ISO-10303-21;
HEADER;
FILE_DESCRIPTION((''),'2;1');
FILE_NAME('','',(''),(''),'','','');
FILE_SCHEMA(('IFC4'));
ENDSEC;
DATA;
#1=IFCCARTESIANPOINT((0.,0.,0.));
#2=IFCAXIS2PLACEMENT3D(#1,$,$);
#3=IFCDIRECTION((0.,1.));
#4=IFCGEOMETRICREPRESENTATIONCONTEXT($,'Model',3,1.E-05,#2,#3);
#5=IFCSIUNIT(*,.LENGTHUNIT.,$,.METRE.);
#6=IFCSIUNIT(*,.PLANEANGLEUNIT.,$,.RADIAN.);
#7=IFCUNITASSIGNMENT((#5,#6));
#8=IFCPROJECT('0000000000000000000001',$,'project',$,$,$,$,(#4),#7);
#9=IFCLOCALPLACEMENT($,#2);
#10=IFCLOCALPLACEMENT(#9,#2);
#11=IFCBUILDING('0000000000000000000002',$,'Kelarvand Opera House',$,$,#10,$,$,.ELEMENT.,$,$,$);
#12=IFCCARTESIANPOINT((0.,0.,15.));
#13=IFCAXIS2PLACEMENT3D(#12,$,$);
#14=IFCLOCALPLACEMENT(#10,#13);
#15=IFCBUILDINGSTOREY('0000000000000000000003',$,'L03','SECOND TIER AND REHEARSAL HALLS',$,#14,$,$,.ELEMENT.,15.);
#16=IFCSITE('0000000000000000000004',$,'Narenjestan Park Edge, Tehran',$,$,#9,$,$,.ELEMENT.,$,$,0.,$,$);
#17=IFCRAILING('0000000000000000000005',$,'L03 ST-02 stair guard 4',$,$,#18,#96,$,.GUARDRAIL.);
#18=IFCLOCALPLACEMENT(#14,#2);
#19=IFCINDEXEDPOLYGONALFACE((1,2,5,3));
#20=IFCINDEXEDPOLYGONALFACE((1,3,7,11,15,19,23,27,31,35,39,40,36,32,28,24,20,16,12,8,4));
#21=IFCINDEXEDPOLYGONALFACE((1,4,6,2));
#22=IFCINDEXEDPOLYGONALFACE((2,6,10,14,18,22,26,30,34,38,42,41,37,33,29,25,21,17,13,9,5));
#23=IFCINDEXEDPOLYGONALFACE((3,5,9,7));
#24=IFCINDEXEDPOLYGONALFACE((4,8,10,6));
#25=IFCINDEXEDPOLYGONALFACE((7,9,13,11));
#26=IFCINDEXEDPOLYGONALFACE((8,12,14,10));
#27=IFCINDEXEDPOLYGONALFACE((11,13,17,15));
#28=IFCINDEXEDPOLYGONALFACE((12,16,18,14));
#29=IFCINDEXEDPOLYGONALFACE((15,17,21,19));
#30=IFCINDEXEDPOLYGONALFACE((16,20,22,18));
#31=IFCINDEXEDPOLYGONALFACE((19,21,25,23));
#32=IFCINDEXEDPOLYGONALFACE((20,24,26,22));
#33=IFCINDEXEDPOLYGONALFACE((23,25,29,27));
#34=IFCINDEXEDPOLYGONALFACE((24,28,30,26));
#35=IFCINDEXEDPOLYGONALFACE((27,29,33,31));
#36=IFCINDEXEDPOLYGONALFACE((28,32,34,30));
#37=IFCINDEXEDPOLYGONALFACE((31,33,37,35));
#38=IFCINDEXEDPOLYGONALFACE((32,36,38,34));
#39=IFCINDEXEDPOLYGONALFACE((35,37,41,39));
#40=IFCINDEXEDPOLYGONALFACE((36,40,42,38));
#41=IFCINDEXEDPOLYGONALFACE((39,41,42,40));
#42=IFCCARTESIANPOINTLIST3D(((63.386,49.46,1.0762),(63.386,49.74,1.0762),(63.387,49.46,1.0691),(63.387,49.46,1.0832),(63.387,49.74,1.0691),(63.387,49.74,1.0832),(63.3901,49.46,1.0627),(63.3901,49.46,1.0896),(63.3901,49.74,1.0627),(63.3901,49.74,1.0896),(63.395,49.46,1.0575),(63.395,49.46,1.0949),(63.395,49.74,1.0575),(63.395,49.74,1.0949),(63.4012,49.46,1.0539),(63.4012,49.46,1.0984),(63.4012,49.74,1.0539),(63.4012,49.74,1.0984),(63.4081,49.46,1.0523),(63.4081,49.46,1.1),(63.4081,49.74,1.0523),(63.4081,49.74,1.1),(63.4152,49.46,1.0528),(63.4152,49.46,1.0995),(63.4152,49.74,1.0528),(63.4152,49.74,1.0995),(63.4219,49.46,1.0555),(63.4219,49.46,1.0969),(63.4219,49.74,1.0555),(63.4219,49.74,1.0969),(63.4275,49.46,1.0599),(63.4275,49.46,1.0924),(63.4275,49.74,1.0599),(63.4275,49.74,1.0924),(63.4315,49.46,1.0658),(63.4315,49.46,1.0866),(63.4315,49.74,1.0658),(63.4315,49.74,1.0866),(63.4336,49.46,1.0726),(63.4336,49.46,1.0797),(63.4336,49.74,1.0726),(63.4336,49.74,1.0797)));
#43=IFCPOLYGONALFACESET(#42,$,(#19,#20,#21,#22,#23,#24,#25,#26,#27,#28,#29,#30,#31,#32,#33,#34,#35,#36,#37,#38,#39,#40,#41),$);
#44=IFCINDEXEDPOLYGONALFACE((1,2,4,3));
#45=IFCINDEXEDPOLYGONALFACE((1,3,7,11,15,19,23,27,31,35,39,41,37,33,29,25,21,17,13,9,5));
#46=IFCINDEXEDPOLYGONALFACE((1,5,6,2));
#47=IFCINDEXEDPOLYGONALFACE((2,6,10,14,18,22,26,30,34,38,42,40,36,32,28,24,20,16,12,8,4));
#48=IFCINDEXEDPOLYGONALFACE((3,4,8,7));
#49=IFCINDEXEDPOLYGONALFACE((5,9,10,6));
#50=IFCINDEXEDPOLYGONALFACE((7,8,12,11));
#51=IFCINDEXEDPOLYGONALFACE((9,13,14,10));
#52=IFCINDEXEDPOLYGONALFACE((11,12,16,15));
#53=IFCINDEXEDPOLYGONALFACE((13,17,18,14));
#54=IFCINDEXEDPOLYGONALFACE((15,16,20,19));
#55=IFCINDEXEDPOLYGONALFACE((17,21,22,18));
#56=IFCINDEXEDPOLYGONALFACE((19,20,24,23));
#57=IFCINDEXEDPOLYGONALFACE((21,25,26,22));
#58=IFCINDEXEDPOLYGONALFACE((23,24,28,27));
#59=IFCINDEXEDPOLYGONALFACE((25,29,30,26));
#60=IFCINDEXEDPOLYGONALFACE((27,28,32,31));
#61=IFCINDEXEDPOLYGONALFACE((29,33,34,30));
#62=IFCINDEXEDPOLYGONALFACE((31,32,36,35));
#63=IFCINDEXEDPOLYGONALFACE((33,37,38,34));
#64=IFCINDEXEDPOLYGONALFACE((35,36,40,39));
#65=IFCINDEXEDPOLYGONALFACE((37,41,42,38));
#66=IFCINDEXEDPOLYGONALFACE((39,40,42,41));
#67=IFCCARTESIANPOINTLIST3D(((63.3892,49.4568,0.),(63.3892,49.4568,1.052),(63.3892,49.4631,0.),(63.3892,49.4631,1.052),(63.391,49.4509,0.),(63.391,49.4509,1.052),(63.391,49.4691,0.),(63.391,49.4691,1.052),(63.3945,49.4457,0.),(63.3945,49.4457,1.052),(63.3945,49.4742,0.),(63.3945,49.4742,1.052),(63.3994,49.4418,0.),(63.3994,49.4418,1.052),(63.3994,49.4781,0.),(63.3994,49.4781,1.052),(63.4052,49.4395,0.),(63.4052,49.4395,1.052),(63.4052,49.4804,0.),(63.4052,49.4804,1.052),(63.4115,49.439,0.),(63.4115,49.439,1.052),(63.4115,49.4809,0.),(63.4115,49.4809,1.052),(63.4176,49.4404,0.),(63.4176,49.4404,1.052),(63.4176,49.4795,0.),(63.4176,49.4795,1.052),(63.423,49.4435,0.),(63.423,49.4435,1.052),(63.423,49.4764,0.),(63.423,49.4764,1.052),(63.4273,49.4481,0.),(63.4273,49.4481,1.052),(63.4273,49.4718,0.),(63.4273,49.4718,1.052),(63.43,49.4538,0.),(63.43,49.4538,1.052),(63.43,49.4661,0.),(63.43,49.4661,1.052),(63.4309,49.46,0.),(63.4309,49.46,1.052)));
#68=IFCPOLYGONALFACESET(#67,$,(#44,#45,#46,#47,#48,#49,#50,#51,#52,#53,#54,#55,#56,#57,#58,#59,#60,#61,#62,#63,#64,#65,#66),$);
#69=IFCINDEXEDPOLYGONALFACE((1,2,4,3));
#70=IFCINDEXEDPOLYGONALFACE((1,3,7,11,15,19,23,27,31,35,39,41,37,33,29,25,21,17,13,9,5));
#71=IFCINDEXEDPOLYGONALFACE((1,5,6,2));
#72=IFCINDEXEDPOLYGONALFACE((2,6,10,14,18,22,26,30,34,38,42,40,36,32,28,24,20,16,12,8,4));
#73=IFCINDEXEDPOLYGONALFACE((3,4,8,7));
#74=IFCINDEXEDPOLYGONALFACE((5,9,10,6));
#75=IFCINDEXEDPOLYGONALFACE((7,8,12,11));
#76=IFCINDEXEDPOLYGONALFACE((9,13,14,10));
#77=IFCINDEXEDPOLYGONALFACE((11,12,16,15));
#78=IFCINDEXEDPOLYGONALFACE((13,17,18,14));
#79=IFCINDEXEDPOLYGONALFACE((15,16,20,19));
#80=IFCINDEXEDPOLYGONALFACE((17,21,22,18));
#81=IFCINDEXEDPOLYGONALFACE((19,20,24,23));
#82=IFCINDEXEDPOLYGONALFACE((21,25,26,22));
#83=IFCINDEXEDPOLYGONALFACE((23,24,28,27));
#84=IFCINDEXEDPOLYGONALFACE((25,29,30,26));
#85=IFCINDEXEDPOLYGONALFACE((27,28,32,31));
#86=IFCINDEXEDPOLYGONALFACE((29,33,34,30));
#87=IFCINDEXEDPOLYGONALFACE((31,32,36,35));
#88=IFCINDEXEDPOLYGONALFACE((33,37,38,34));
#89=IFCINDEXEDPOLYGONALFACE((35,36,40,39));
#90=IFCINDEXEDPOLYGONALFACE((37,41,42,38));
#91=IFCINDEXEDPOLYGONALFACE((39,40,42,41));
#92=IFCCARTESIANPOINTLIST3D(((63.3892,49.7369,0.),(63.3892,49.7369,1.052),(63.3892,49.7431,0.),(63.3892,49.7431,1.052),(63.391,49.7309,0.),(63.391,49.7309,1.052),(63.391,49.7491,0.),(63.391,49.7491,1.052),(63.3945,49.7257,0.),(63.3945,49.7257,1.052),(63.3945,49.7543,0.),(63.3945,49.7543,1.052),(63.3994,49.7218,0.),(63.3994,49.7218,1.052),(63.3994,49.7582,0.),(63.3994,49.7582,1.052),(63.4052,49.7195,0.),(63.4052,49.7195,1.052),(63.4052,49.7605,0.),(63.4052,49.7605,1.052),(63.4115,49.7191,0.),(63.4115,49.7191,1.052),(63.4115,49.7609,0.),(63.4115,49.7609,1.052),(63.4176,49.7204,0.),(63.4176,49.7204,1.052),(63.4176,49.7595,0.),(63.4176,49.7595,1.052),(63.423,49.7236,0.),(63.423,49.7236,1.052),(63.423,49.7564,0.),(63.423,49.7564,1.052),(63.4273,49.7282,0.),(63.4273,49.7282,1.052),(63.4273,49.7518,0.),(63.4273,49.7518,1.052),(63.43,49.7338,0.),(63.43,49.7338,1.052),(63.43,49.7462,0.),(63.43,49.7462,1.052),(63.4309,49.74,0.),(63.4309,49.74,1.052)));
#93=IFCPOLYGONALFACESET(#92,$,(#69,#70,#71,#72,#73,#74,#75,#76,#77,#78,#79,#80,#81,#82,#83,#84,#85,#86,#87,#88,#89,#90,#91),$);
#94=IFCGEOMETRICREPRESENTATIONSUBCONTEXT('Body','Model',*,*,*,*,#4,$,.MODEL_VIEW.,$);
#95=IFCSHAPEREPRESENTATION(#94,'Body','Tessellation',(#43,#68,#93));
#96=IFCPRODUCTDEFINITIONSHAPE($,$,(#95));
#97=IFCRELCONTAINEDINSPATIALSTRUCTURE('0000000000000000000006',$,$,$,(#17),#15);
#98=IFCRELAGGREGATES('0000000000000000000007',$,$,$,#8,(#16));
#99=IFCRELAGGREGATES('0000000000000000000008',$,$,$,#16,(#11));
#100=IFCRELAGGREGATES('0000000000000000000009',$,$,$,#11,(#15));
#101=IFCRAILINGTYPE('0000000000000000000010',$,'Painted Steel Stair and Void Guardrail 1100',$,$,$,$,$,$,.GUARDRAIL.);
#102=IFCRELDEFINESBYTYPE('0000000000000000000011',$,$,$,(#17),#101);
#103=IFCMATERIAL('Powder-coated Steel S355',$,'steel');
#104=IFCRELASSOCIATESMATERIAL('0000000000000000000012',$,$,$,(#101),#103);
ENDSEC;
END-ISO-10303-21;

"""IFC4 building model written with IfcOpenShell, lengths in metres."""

from ifc_helpers import new_model, si_unit, direction, frame, origin, origin_2d, place, context, subcontext, project, spatial, circle, extrude, material, type_object, element, save


model = new_model("IFC4")

# Units and contexts
model_context = context("Model", 3, precision=1e-05, world=origin(), true_north=direction((0.0, 1.0)))
body_context = subcontext(model_context, "Body", "Model", "MODEL_VIEW")
ifc_project = project(units=[si_unit("LENGTHUNIT", "METRE"), si_unit("PLANEANGLEUNIT", "RADIAN")], contexts=[model_context])

# Site, building, storey
site_placement = place(None, origin())
site = spatial("IfcSite", under=ifc_project, at=site_placement, Name="Narenjestan Park Edge, Tehran", CompositionType="ELEMENT", RefElevation=0.0)
building_placement = place(site_placement, origin())
building = spatial("IfcBuilding", under=site, at=building_placement, Name="Kelarvand Opera House", CompositionType="ELEMENT")
storey_placement = place(building_placement, frame((0.0, 0.0, 15.0)))
storey = spatial("IfcBuildingStorey", under=building, at=storey_placement, Name="L03", Description="SECOND TIER AND REHEARSAL HALLS", CompositionType="ELEMENT", Elevation=15.0)

# Railing
ifc_material_1 = material(Name="Powder-coated Steel S355", Category="steel")
railing_type_1 = type_object("IfcRailingType", Name="Painted Steel Stair and Void Guardrail 1100", PredefinedType="GUARDRAIL", material=ifc_material_1)
railing_1_placement = place(storey_placement, frame((63.4099, 49.46, 0.0)))
element("IfcRailing", 1, at=railing_1_placement, inside=storey, type_object=railing_type_1, Name="L03 ST-02 stair guard 4", PredefinedType="GUARDRAIL", context=body_context, shape_type="SweptSolid", body=[
    extrude(circle(Radius=0.0239, at=origin_2d()), frame((0.0, 0.0, 1.0762), z_axis=(0.0, 1.0, 0.0), x_axis=(-1.0, 0.0, 0.0)), (0.0, 0.0, 1.0), 0.28),
    extrude(circle(Radius=0.021, at=origin_2d()), origin(), (0.0, 0.0, 1.0), 1.052),
    extrude(circle(Radius=0.021, at=origin_2d()), frame((0.0, 0.28, 0.0)), (0.0, 0.0, 1.0), 1.052),
])

save(model, "model.ifc")
